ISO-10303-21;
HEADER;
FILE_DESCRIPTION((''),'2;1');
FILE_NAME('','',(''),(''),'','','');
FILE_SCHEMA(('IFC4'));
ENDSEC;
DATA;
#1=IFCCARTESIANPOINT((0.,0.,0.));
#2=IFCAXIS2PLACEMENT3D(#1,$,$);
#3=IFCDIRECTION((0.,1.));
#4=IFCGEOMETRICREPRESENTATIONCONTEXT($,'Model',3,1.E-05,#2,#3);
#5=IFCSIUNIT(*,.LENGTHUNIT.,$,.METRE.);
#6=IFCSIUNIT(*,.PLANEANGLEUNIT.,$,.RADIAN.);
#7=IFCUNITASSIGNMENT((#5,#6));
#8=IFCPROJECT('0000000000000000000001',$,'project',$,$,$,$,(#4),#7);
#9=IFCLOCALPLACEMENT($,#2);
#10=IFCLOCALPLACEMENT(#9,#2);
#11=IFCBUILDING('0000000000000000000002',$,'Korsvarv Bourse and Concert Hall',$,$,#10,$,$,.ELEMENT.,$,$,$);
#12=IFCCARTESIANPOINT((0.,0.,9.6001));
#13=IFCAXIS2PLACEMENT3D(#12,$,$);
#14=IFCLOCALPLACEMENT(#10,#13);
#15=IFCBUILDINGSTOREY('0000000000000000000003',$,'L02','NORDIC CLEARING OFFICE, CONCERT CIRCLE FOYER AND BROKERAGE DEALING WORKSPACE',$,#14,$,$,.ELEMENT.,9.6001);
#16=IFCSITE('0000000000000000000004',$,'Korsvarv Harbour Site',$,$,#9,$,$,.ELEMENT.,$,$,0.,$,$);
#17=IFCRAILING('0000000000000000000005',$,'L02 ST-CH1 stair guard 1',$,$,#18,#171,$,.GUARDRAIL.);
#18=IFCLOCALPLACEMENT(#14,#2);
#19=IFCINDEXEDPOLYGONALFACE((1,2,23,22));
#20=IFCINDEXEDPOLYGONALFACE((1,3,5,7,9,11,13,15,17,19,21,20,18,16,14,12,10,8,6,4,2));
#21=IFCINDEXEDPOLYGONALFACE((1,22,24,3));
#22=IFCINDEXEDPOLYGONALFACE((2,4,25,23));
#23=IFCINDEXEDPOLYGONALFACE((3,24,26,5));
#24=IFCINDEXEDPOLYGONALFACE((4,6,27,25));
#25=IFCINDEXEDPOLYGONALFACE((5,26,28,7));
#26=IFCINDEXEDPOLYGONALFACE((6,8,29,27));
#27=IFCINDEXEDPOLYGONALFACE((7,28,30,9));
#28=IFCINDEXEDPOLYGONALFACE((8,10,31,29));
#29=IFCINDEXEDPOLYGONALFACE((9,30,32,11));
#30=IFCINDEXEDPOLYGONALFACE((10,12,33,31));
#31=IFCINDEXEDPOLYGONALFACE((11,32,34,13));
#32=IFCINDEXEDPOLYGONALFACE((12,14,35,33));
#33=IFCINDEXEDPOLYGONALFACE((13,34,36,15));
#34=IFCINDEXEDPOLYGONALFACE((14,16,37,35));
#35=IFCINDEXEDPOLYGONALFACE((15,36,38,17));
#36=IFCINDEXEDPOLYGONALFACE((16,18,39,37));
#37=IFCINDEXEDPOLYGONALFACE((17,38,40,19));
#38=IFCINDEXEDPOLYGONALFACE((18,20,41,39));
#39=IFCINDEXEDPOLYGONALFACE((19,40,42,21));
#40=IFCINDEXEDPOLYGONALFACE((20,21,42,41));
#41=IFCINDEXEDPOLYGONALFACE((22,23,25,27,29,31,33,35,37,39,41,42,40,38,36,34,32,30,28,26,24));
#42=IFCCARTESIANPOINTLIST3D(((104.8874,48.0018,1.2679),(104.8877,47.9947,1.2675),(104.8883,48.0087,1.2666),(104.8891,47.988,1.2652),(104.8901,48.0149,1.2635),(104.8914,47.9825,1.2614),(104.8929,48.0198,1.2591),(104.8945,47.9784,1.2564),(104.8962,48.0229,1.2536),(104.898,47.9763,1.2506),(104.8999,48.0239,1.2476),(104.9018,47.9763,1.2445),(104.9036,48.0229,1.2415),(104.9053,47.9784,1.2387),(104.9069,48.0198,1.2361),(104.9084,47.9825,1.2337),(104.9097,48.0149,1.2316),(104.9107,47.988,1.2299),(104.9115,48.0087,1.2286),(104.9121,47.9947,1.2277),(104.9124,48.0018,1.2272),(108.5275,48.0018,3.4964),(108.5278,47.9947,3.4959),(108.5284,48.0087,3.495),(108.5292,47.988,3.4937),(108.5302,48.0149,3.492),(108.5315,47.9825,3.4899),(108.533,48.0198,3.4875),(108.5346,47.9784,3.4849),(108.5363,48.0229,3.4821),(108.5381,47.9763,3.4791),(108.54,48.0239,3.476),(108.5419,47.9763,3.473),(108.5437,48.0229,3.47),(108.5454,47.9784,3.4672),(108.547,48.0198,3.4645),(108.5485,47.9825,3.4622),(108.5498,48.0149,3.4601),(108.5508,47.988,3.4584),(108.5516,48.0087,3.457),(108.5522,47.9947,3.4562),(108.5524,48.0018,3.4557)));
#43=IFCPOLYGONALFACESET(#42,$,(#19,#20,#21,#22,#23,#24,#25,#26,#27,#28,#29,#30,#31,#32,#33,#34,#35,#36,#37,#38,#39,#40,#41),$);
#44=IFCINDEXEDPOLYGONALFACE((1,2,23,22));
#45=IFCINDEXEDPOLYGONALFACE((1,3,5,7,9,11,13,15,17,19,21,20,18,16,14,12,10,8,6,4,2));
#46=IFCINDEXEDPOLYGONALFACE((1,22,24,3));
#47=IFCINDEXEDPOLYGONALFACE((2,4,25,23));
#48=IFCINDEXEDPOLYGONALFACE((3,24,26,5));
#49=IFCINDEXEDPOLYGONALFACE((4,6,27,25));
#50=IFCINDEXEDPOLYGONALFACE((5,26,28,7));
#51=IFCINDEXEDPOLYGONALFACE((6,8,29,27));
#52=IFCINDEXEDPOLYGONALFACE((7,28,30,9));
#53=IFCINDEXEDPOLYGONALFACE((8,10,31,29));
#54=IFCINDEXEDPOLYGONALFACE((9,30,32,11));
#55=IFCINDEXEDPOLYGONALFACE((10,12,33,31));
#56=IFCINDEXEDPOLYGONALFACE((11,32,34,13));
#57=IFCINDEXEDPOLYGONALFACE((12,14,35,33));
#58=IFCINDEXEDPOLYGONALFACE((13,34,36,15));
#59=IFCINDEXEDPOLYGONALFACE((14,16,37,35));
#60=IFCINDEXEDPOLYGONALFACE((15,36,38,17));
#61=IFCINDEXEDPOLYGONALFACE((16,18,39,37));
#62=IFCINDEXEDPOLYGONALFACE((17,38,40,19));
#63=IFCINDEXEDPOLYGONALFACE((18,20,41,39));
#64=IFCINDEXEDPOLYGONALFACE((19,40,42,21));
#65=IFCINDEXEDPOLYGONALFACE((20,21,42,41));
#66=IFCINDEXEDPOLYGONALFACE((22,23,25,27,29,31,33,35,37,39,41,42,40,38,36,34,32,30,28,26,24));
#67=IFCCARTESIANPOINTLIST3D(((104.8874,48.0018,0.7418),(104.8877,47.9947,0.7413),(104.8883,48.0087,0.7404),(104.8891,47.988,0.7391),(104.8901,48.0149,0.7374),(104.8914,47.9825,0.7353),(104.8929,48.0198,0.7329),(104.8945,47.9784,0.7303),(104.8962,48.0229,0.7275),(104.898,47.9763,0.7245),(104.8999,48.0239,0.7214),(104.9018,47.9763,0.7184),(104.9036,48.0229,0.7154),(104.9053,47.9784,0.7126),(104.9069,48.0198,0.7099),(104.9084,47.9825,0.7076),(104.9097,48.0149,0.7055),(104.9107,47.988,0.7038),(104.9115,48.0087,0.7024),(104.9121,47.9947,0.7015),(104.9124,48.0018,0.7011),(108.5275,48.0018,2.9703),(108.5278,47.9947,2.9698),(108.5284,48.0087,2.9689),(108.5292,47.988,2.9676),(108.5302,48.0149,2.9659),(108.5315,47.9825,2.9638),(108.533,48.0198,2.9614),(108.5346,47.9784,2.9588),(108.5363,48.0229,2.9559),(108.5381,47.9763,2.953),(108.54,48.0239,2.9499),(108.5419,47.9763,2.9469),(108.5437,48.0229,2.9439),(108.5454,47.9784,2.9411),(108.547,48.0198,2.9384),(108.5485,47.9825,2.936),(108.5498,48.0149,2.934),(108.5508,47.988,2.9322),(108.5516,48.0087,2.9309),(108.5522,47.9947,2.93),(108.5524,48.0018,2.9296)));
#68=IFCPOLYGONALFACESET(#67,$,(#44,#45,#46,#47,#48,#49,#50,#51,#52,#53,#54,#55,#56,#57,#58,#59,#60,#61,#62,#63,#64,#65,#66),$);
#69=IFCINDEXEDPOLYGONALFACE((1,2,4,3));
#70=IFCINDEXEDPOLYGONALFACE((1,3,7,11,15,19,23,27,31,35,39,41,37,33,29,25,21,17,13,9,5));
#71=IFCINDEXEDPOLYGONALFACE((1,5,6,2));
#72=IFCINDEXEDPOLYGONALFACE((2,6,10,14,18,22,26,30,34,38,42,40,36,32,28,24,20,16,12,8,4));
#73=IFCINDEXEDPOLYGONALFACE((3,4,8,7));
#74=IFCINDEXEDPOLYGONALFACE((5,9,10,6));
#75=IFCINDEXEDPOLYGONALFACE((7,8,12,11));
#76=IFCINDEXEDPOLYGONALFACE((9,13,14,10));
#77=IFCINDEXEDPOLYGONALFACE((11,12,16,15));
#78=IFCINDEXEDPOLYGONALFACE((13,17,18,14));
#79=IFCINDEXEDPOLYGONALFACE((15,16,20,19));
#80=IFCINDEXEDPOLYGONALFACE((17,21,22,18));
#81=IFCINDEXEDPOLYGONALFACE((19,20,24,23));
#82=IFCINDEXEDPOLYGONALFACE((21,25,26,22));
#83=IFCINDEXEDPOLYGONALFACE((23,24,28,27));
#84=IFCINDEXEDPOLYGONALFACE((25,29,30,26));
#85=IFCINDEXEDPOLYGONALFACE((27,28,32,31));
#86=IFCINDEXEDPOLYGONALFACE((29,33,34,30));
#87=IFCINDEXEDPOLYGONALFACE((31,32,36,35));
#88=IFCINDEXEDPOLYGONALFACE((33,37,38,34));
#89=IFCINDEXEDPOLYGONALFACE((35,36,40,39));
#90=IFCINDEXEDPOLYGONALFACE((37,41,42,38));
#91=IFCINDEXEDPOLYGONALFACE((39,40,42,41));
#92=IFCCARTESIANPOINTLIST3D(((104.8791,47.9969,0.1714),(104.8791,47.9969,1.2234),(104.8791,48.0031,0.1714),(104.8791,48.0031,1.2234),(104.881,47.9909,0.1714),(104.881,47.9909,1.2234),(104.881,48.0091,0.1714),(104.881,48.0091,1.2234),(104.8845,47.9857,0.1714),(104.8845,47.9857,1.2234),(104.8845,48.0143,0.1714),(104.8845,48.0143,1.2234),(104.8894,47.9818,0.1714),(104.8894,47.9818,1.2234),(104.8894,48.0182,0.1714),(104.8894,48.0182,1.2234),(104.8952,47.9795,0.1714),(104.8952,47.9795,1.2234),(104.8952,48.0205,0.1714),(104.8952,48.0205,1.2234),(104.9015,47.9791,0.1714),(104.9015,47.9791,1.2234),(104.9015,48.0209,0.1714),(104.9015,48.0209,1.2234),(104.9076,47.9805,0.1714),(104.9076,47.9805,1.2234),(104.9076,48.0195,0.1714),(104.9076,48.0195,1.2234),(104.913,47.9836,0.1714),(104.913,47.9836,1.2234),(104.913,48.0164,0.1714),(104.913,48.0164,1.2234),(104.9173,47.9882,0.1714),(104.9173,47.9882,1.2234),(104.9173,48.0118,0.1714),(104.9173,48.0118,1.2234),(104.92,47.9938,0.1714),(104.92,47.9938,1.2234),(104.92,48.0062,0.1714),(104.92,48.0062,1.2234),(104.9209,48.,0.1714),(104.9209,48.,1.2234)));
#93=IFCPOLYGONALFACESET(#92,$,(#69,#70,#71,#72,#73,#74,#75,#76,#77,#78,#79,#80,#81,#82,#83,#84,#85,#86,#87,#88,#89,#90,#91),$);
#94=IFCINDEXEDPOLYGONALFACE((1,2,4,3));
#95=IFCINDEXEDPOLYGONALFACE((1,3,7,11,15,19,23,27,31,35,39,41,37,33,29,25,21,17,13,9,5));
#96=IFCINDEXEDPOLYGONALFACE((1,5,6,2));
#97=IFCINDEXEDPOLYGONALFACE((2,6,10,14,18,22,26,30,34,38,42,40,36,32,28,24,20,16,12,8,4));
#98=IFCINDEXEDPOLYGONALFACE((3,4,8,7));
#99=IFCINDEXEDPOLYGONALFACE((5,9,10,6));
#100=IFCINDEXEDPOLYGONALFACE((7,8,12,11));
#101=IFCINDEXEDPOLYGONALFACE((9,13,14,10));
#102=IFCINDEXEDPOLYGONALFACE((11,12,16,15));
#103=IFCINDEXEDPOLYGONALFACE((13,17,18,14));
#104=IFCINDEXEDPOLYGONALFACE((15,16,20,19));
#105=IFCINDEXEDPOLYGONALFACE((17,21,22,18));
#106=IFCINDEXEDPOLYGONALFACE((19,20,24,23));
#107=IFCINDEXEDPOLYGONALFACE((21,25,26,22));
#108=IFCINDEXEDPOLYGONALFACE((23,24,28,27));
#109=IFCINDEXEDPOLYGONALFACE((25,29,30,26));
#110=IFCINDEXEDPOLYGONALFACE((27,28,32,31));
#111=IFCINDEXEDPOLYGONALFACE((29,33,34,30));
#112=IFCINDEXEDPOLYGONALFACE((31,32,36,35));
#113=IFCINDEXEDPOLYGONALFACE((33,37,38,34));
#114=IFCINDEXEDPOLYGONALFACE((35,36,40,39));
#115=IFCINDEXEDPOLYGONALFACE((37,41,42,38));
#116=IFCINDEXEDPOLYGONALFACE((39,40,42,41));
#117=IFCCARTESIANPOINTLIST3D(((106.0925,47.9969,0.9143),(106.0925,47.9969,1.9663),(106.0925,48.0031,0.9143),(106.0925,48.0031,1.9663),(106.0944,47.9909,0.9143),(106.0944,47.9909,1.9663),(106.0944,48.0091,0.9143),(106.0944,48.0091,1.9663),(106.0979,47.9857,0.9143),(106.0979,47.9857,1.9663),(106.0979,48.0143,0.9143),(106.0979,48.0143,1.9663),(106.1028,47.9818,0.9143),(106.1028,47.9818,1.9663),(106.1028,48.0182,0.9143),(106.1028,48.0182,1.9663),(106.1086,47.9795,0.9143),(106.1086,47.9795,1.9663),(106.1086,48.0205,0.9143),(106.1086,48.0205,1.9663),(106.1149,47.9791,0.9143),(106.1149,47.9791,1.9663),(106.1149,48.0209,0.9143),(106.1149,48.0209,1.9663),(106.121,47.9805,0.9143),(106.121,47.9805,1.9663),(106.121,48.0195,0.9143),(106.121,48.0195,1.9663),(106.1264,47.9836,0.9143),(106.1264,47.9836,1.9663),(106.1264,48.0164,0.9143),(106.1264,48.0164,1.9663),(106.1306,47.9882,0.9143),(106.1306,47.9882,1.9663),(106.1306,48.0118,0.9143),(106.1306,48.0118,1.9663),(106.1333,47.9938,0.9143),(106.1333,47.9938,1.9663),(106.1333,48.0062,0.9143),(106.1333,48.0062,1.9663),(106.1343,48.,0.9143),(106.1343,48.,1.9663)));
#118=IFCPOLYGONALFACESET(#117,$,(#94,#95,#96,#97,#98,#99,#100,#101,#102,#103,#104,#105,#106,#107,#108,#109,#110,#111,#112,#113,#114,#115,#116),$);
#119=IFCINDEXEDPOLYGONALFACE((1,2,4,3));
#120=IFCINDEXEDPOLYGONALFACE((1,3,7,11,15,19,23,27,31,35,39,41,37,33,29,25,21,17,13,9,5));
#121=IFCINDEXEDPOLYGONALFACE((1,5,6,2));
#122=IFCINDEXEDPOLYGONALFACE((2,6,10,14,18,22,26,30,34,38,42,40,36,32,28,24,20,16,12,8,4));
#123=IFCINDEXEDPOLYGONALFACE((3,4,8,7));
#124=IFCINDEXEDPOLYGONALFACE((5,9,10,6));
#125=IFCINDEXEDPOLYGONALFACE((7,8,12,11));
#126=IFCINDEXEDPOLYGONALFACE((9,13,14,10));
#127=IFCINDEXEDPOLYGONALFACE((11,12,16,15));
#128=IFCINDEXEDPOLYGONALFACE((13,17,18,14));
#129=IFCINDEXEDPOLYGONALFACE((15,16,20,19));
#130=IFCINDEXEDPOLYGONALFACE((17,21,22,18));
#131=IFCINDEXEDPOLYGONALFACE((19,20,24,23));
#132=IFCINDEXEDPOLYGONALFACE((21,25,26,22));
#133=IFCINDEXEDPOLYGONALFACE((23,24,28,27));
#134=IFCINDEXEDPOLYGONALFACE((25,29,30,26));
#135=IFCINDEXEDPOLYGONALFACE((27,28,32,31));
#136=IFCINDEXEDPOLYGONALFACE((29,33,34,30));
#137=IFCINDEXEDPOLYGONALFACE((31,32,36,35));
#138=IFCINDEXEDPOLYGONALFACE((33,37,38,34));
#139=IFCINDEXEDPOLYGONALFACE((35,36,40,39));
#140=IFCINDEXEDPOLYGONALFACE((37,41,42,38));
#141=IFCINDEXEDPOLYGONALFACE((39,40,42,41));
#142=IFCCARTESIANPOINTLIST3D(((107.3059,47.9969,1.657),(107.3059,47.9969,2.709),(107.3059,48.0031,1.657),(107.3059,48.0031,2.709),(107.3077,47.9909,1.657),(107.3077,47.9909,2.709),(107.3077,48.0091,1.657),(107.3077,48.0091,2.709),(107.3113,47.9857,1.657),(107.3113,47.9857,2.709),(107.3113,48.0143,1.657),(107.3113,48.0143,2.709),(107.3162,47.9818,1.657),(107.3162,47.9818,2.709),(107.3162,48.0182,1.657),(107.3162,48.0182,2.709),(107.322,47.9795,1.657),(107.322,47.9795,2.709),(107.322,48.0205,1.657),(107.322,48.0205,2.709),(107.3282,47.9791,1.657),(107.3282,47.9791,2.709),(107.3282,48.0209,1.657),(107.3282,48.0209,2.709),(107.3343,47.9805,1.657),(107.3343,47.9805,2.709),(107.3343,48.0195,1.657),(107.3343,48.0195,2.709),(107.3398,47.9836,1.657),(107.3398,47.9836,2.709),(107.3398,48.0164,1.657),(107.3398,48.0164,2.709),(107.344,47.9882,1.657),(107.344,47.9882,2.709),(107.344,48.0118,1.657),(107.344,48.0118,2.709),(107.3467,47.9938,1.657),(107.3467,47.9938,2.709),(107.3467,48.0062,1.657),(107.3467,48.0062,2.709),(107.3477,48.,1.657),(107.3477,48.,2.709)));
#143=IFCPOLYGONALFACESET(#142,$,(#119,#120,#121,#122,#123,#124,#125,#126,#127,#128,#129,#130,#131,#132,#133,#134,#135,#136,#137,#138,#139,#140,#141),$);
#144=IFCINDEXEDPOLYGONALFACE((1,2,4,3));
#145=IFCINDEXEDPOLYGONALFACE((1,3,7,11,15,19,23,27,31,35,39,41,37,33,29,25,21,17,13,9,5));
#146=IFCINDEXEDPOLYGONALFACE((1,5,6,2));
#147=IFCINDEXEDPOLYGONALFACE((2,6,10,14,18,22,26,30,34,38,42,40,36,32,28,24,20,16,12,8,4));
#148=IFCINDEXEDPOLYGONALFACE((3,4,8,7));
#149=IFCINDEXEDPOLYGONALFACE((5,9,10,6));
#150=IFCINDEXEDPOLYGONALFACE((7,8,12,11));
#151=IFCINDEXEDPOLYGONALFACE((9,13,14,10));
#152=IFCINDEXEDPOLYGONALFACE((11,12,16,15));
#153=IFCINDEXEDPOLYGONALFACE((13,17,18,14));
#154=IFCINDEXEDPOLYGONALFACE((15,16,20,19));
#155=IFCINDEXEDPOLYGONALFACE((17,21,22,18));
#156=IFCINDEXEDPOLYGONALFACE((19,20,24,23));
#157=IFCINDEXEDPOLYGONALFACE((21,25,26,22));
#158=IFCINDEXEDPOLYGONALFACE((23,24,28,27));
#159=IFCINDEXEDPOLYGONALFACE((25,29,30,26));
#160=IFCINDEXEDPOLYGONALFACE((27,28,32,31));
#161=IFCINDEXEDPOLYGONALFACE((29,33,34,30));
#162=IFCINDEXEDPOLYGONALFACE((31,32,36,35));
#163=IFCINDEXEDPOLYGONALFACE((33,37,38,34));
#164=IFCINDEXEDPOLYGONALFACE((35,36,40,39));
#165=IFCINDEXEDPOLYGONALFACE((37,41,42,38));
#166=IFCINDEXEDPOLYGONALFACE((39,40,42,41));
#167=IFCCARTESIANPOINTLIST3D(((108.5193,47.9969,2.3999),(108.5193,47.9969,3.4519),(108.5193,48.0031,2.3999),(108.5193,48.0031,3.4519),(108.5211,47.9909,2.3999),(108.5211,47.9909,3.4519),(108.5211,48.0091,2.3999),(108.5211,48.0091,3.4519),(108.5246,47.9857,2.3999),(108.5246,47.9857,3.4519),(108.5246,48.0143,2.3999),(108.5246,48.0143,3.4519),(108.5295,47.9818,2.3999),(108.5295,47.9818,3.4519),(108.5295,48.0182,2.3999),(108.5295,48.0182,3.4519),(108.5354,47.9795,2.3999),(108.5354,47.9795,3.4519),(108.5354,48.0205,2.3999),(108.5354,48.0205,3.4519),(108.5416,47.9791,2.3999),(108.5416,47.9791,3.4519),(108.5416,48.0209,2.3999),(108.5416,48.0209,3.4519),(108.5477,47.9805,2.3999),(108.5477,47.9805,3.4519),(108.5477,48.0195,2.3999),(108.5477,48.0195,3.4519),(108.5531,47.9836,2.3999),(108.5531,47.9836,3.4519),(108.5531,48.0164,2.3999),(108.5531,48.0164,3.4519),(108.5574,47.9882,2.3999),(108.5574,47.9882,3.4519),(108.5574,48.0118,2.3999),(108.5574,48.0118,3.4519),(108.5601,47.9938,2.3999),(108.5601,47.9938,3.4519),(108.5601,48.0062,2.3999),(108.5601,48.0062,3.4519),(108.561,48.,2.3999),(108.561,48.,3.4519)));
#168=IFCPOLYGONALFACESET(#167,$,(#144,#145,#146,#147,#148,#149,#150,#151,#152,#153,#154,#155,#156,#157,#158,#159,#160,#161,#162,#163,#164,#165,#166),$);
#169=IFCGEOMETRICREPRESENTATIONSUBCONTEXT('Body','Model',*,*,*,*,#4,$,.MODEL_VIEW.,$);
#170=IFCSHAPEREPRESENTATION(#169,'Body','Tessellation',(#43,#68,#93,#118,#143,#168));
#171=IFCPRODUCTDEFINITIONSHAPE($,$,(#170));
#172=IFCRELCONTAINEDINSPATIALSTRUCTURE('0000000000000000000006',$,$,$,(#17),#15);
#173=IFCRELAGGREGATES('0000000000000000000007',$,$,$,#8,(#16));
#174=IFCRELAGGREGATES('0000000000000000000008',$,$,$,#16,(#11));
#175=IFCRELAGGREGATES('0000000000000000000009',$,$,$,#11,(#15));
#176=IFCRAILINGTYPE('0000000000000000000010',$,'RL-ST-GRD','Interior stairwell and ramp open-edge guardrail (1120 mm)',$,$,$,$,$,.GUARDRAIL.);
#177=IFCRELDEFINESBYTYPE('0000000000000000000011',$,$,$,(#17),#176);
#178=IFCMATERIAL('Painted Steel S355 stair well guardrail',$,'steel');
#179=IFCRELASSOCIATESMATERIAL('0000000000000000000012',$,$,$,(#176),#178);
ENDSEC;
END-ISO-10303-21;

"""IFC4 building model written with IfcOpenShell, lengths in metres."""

from ifc_helpers import new_model, si_unit, direction, frame, origin, origin_2d, place, context, subcontext, project, spatial, circle, extrude, material, type_object, element, save


model = new_model("IFC4")

# Units and contexts
model_context = context("Model", 3, precision=1e-05, world=origin(), true_north=direction((0.0, 1.0)))
body_context = subcontext(model_context, "Body", "Model", "MODEL_VIEW")
ifc_project = project(units=[si_unit("LENGTHUNIT", "METRE"), si_unit("PLANEANGLEUNIT", "RADIAN")], contexts=[model_context])

# Site, building, storey
site_placement = place(None, origin())
site = spatial("IfcSite", under=ifc_project, at=site_placement, Name="Korsvarv Harbour Site", CompositionType="ELEMENT", RefElevation=0.0)
building_placement = place(site_placement, origin())
building = spatial("IfcBuilding", under=site, at=building_placement, Name="Korsvarv Bourse and Concert Hall", CompositionType="ELEMENT")
storey_placement = place(building_placement, frame((0.0, 0.0, 9.6001)))
storey = spatial("IfcBuildingStorey", under=building, at=storey_placement, Name="L02", Description="NORDIC CLEARING OFFICE, CONCERT CIRCLE FOYER AND BROKERAGE DEALING WORKSPACE", CompositionType="ELEMENT", Elevation=9.6001)

# Railing
ifc_material_1 = material(Name="Painted Steel S355 stair well guardrail", Category="steel")
railing_type = type_object("IfcRailingType", Name="RL-ST-GRD", Description="Interior stairwell and ramp open-edge guardrail (1120 mm)", PredefinedType="GUARDRAIL", material=ifc_material_1)
railing_1_placement = place(storey_placement, frame((104.8999, 48.0, 0.1714)))
element("IfcRailing", 1, at=railing_1_placement, inside=storey, type_object=railing_type, Name="L02 ST-CH1 stair guard 1", PredefinedType="GUARDRAIL", context=body_context, shape_type="SweptSolid", body=[
    extrude(circle(Radius=0.0239, at=origin_2d()), frame((0.0, 0.0, 1.0762), z_axis=(0.852866, 0.0, 0.52213), x_axis=(0.0, 1.0, 0.0)), (0.0, 0.0, 1.0), 4.2681),
    extrude(circle(Radius=0.0239, at=origin_2d()), frame((0.0, 0.0, 0.55), z_axis=(0.852866, 0.0, 0.52213), x_axis=(0.0, 1.0, 0.0)), (0.0, 0.0, 1.0), 4.2681),
    extrude(circle(Radius=0.021, at=origin_2d()), origin(), (0.0, 0.0, 1.0), 1.052),
    extrude(circle(Radius=0.021, at=origin_2d()), frame((1.2134, 0.0, 0.7429)), (0.0, 0.0, 1.0), 1.052),
    extrude(circle(Radius=0.021, at=origin_2d()), frame((2.4268, 0.0, 1.4856)), (0.0, 0.0, 1.0), 1.052),
    extrude(circle(Radius=0.021, at=origin_2d()), frame((3.6401, 0.0, 2.2285)), (0.0, 0.0, 1.0), 1.052),
])

save(model, "model.ifc")
